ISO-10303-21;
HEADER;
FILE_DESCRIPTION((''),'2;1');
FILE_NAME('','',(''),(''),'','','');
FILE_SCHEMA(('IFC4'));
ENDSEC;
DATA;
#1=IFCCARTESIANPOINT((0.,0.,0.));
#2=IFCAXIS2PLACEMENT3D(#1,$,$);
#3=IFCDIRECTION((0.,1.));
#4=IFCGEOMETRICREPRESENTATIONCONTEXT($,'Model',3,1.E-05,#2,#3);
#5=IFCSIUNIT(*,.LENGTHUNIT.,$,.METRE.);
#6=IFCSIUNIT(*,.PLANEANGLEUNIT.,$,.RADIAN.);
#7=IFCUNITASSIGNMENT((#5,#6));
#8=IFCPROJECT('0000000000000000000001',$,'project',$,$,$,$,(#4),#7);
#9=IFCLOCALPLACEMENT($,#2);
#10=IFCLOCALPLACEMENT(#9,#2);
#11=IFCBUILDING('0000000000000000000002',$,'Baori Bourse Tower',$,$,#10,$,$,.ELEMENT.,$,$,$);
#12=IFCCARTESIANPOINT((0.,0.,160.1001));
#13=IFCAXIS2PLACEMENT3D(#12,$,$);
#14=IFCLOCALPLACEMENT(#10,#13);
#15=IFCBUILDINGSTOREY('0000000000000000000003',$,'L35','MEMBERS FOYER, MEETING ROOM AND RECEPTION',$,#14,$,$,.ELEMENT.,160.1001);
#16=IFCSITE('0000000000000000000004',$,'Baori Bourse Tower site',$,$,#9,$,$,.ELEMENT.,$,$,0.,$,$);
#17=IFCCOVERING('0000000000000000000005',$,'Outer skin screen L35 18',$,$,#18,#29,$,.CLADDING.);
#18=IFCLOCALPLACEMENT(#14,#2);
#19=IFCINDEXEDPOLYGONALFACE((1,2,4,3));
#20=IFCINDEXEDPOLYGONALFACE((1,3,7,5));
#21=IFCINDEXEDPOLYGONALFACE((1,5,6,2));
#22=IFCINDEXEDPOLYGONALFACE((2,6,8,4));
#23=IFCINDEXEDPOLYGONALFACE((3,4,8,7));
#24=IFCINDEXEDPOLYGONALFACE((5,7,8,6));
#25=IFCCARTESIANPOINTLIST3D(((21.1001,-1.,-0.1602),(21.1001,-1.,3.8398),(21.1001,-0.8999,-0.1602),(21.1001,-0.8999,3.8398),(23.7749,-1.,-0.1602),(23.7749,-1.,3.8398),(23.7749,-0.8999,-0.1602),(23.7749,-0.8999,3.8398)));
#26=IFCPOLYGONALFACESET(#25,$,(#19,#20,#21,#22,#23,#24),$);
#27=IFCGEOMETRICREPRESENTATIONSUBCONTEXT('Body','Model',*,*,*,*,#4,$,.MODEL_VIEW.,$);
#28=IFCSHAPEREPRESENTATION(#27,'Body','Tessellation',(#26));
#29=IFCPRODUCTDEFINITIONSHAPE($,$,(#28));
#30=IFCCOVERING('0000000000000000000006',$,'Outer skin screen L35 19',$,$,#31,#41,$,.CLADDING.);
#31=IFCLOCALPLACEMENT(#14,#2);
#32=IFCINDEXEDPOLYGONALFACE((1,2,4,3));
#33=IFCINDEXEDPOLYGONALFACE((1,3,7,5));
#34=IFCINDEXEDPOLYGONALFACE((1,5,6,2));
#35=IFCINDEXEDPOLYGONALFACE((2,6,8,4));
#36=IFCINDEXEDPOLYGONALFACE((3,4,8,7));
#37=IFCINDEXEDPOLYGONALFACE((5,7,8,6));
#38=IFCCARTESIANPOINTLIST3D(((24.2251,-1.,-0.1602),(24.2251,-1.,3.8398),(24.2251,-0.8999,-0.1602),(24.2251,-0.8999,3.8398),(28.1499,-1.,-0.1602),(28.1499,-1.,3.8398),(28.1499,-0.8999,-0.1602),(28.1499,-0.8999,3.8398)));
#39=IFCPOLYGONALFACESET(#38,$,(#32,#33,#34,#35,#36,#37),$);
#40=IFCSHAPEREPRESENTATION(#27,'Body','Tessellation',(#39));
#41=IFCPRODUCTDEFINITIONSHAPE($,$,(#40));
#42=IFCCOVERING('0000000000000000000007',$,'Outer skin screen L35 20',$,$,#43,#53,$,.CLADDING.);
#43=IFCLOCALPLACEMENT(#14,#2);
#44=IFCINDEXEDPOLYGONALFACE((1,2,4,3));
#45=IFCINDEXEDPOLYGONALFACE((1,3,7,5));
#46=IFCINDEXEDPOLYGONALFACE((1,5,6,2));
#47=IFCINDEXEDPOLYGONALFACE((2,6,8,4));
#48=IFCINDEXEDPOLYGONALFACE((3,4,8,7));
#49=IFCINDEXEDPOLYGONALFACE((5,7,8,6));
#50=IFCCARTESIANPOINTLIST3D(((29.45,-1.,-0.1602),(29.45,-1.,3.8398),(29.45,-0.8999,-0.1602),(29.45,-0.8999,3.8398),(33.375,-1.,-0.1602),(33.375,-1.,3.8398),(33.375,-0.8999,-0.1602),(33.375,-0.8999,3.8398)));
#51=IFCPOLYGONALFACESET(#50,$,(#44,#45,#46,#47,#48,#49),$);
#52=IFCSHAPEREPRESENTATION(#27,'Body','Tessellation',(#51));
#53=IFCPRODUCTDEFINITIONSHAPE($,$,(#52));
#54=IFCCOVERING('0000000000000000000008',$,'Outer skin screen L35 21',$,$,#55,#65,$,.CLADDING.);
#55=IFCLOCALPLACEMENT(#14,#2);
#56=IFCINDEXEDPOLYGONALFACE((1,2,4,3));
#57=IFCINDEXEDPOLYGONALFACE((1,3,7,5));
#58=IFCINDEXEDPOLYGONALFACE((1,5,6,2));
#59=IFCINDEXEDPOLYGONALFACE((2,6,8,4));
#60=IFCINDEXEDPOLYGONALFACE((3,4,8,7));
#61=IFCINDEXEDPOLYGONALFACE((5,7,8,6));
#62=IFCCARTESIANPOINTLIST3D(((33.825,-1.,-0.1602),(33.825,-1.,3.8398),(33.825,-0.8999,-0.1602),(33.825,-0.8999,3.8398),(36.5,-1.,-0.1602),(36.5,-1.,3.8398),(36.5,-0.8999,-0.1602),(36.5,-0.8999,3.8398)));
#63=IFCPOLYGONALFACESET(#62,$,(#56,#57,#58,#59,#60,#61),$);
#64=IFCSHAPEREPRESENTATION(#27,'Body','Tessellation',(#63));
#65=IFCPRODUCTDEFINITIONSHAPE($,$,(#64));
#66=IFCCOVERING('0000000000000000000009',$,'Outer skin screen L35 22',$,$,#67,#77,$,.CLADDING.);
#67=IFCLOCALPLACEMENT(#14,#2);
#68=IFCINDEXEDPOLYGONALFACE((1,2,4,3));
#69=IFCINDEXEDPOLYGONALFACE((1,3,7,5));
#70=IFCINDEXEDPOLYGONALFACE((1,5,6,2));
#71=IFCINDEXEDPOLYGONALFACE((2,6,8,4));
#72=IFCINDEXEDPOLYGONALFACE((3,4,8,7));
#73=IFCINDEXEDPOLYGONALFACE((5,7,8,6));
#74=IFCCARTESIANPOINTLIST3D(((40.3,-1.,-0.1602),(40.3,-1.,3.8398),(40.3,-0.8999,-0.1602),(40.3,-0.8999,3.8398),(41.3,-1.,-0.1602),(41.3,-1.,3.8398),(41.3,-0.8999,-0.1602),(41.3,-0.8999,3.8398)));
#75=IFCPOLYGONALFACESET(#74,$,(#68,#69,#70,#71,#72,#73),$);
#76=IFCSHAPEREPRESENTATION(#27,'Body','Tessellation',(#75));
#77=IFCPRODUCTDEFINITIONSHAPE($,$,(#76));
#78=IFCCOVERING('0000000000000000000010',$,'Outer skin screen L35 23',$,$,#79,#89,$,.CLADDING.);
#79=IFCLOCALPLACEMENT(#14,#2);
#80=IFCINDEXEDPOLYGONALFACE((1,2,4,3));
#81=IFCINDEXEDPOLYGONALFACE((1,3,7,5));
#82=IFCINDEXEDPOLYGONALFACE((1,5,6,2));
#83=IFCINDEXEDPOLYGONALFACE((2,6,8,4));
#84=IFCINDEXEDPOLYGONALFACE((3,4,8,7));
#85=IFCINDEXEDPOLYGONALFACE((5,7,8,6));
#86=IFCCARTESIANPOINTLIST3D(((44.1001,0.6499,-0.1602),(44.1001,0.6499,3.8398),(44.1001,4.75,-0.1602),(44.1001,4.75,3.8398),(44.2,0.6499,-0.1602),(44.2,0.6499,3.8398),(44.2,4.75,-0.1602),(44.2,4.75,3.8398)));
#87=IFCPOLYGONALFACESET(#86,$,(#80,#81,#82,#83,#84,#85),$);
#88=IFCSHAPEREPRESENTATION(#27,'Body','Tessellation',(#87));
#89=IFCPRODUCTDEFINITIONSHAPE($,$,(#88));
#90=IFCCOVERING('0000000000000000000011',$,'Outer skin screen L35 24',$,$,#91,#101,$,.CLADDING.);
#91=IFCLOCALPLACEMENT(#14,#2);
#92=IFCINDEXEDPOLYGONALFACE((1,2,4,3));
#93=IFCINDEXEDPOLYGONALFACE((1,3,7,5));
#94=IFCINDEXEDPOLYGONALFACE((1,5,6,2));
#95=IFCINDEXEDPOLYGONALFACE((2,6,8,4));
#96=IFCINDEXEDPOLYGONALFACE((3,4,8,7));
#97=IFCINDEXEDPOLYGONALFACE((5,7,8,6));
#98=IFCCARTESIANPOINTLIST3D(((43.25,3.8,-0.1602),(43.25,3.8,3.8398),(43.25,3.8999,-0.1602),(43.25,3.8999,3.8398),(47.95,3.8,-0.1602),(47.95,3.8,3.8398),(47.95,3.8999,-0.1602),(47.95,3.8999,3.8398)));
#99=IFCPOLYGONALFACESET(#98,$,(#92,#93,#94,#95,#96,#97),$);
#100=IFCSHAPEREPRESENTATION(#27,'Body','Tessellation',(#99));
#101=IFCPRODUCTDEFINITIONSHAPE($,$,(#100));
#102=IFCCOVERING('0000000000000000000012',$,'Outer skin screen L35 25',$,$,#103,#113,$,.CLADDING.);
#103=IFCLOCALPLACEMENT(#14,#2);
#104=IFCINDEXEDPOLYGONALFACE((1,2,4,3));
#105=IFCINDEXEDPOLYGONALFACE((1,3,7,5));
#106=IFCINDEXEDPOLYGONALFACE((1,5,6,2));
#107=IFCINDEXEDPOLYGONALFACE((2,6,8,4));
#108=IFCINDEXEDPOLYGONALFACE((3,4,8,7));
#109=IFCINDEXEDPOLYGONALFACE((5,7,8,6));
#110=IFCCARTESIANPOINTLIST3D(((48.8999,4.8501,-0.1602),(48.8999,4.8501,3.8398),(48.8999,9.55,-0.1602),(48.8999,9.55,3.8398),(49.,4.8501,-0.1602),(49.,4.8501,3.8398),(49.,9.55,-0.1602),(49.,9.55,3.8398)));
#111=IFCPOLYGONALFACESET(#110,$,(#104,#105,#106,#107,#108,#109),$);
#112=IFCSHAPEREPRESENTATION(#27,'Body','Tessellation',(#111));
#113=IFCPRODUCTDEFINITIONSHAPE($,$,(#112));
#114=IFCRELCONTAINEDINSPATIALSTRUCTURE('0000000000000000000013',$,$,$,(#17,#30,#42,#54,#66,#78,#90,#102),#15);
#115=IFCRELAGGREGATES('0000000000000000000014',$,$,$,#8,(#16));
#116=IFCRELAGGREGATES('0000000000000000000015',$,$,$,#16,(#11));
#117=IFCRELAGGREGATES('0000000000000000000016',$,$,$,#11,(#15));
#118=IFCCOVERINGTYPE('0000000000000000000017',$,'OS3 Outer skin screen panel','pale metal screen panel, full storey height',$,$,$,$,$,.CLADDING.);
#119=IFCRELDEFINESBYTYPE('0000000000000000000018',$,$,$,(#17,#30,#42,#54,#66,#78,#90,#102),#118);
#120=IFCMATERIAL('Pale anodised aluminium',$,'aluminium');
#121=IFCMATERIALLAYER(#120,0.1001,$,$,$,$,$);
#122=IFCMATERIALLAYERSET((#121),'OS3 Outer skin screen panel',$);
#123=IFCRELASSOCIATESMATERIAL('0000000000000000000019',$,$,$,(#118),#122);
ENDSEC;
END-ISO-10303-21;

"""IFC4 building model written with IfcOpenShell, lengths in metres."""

from ifc_helpers import new_model, si_unit, direction, frame, origin, place, context, subcontext, project, spatial, polyline, outline, extrude, material, layer, layer_set, type_object, element, save


model = new_model("IFC4")

# Units and contexts
model_context = context("Model", 3, precision=1e-05, world=origin(), true_north=direction((0.0, 1.0)))
body_context = subcontext(model_context, "Body", "Model", "MODEL_VIEW")
ifc_project = project(units=[si_unit("LENGTHUNIT", "METRE"), si_unit("PLANEANGLEUNIT", "RADIAN")], contexts=[model_context])

# Site, building, storey
site_placement = place(None, origin())
site = spatial("IfcSite", under=ifc_project, at=site_placement, Name="Baori Bourse Tower site", CompositionType="ELEMENT", RefElevation=0.0)
building_placement = place(site_placement, origin())
building = spatial("IfcBuilding", under=site, at=building_placement, Name="Baori Bourse Tower", CompositionType="ELEMENT")
storey_placement = place(building_placement, frame((0.0, 0.0, 160.1001)))
storey = spatial("IfcBuildingStorey", under=building, at=storey_placement, Name="L35", Description="MEMBERS FOYER, MEETING ROOM AND RECEPTION", CompositionType="ELEMENT", Elevation=160.1001)

# Coverings
ifc_material_1 = material(Name="Pale anodised aluminium", Category="aluminium")
ifc_layer_1 = layer(ifc_material_1, 0.1001)
ifc_layer_set_1 = layer_set([ifc_layer_1], Name="OS3 Outer skin screen panel")
covering_type = type_object("IfcCoveringType", Name="OS3 Outer skin screen panel", Description="pale metal screen panel, full storey height", PredefinedType="CLADDING", material=ifc_layer_set_1)
covering_1_placement = place(storey_placement, frame((0.0, 0.0, -0.1602)))
element("IfcCovering", 1, at=covering_1_placement, inside=storey, type_object=covering_type, Name="Outer skin screen L35 18", PredefinedType="CLADDING", context=body_context, shape_type="SweptSolid", body=[
    extrude(outline(polyline([(23.7749, -0.8999), (21.1001, -0.8999), (21.1001, -1.0), (23.7749, -1.0), (23.7749, -0.8999)])), origin(), (0.0, 0.0, 1.0), 4.0),
])
covering_2_placement = place(storey_placement, frame((0.0, 0.0, -0.1602)))
element("IfcCovering", 2, at=covering_2_placement, inside=storey, type_object=covering_type, Name="Outer skin screen L35 19", PredefinedType="CLADDING", context=body_context, shape_type="SweptSolid", body=[
    extrude(outline(polyline([(28.1499, -0.8999), (24.2251, -0.8999), (24.2251, -1.0), (28.1499, -1.0), (28.1499, -0.8999)])), origin(), (0.0, 0.0, 1.0), 4.0),
])
covering_3_placement = place(storey_placement, frame((0.0, 0.0, -0.1602)))
element("IfcCovering", 3, at=covering_3_placement, inside=storey, type_object=covering_type, Name="Outer skin screen L35 20", PredefinedType="CLADDING", context=body_context, shape_type="SweptSolid", body=[
    extrude(outline(polyline([(33.375, -0.8999), (29.45, -0.8999), (29.45, -1.0), (33.375, -1.0), (33.375, -0.8999)])), origin(), (0.0, 0.0, 1.0), 4.0),
])
covering_4_placement = place(storey_placement, frame((0.0, 0.0, -0.1602)))
element("IfcCovering", 4, at=covering_4_placement, inside=storey, type_object=covering_type, Name="Outer skin screen L35 21", PredefinedType="CLADDING", context=body_context, shape_type="SweptSolid", body=[
    extrude(outline(polyline([(36.5, -0.8999), (33.825, -0.8999), (33.825, -1.0), (36.5, -1.0), (36.5, -0.8999)])), origin(), (0.0, 0.0, 1.0), 4.0),
])
covering_5_placement = place(storey_placement, frame((0.0, 0.0, -0.1602)))
element("IfcCovering", 5, at=covering_5_placement, inside=storey, type_object=covering_type, Name="Outer skin screen L35 22", PredefinedType="CLADDING", context=body_context, shape_type="SweptSolid", body=[
    extrude(outline(polyline([(41.3, -0.8999), (40.3, -0.8999), (40.3, -1.0), (41.3, -1.0), (41.3, -0.8999)])), origin(), (0.0, 0.0, 1.0), 4.0),
])
covering_6_placement = place(storey_placement, frame((0.0, 0.0, -0.1602)))
element("IfcCovering", 6, at=covering_6_placement, inside=storey, type_object=covering_type, Name="Outer skin screen L35 23", PredefinedType="CLADDING", context=body_context, shape_type="SweptSolid", body=[
    extrude(outline(polyline([(44.1001, 4.75), (44.1001, 0.6499), (44.2, 0.6499), (44.2, 4.75), (44.1001, 4.75)])), origin(), (0.0, 0.0, 1.0), 4.0),
])
covering_7_placement = place(storey_placement, frame((0.0, 0.0, -0.1602)))
element("IfcCovering", 7, at=covering_7_placement, inside=storey, type_object=covering_type, Name="Outer skin screen L35 24", PredefinedType="CLADDING", context=body_context, shape_type="SweptSolid", body=[
    extrude(outline(polyline([(47.95, 3.8999), (43.25, 3.8999), (43.25, 3.8), (47.95, 3.8), (47.95, 3.8999)])), origin(), (0.0, 0.0, 1.0), 4.0),
])
covering_8_placement = place(storey_placement, frame((0.0, 0.0, -0.1602)))
element("IfcCovering", 8, at=covering_8_placement, inside=storey, type_object=covering_type, Name="Outer skin screen L35 25", PredefinedType="CLADDING", context=body_context, shape_type="SweptSolid", body=[
    extrude(outline(polyline([(48.8999, 9.55), (48.8999, 4.8501), (49.0, 4.8501), (49.0, 9.55), (48.8999, 9.55)])), origin(), (0.0, 0.0, 1.0), 4.0),
])

save(model, "model.ifc")
